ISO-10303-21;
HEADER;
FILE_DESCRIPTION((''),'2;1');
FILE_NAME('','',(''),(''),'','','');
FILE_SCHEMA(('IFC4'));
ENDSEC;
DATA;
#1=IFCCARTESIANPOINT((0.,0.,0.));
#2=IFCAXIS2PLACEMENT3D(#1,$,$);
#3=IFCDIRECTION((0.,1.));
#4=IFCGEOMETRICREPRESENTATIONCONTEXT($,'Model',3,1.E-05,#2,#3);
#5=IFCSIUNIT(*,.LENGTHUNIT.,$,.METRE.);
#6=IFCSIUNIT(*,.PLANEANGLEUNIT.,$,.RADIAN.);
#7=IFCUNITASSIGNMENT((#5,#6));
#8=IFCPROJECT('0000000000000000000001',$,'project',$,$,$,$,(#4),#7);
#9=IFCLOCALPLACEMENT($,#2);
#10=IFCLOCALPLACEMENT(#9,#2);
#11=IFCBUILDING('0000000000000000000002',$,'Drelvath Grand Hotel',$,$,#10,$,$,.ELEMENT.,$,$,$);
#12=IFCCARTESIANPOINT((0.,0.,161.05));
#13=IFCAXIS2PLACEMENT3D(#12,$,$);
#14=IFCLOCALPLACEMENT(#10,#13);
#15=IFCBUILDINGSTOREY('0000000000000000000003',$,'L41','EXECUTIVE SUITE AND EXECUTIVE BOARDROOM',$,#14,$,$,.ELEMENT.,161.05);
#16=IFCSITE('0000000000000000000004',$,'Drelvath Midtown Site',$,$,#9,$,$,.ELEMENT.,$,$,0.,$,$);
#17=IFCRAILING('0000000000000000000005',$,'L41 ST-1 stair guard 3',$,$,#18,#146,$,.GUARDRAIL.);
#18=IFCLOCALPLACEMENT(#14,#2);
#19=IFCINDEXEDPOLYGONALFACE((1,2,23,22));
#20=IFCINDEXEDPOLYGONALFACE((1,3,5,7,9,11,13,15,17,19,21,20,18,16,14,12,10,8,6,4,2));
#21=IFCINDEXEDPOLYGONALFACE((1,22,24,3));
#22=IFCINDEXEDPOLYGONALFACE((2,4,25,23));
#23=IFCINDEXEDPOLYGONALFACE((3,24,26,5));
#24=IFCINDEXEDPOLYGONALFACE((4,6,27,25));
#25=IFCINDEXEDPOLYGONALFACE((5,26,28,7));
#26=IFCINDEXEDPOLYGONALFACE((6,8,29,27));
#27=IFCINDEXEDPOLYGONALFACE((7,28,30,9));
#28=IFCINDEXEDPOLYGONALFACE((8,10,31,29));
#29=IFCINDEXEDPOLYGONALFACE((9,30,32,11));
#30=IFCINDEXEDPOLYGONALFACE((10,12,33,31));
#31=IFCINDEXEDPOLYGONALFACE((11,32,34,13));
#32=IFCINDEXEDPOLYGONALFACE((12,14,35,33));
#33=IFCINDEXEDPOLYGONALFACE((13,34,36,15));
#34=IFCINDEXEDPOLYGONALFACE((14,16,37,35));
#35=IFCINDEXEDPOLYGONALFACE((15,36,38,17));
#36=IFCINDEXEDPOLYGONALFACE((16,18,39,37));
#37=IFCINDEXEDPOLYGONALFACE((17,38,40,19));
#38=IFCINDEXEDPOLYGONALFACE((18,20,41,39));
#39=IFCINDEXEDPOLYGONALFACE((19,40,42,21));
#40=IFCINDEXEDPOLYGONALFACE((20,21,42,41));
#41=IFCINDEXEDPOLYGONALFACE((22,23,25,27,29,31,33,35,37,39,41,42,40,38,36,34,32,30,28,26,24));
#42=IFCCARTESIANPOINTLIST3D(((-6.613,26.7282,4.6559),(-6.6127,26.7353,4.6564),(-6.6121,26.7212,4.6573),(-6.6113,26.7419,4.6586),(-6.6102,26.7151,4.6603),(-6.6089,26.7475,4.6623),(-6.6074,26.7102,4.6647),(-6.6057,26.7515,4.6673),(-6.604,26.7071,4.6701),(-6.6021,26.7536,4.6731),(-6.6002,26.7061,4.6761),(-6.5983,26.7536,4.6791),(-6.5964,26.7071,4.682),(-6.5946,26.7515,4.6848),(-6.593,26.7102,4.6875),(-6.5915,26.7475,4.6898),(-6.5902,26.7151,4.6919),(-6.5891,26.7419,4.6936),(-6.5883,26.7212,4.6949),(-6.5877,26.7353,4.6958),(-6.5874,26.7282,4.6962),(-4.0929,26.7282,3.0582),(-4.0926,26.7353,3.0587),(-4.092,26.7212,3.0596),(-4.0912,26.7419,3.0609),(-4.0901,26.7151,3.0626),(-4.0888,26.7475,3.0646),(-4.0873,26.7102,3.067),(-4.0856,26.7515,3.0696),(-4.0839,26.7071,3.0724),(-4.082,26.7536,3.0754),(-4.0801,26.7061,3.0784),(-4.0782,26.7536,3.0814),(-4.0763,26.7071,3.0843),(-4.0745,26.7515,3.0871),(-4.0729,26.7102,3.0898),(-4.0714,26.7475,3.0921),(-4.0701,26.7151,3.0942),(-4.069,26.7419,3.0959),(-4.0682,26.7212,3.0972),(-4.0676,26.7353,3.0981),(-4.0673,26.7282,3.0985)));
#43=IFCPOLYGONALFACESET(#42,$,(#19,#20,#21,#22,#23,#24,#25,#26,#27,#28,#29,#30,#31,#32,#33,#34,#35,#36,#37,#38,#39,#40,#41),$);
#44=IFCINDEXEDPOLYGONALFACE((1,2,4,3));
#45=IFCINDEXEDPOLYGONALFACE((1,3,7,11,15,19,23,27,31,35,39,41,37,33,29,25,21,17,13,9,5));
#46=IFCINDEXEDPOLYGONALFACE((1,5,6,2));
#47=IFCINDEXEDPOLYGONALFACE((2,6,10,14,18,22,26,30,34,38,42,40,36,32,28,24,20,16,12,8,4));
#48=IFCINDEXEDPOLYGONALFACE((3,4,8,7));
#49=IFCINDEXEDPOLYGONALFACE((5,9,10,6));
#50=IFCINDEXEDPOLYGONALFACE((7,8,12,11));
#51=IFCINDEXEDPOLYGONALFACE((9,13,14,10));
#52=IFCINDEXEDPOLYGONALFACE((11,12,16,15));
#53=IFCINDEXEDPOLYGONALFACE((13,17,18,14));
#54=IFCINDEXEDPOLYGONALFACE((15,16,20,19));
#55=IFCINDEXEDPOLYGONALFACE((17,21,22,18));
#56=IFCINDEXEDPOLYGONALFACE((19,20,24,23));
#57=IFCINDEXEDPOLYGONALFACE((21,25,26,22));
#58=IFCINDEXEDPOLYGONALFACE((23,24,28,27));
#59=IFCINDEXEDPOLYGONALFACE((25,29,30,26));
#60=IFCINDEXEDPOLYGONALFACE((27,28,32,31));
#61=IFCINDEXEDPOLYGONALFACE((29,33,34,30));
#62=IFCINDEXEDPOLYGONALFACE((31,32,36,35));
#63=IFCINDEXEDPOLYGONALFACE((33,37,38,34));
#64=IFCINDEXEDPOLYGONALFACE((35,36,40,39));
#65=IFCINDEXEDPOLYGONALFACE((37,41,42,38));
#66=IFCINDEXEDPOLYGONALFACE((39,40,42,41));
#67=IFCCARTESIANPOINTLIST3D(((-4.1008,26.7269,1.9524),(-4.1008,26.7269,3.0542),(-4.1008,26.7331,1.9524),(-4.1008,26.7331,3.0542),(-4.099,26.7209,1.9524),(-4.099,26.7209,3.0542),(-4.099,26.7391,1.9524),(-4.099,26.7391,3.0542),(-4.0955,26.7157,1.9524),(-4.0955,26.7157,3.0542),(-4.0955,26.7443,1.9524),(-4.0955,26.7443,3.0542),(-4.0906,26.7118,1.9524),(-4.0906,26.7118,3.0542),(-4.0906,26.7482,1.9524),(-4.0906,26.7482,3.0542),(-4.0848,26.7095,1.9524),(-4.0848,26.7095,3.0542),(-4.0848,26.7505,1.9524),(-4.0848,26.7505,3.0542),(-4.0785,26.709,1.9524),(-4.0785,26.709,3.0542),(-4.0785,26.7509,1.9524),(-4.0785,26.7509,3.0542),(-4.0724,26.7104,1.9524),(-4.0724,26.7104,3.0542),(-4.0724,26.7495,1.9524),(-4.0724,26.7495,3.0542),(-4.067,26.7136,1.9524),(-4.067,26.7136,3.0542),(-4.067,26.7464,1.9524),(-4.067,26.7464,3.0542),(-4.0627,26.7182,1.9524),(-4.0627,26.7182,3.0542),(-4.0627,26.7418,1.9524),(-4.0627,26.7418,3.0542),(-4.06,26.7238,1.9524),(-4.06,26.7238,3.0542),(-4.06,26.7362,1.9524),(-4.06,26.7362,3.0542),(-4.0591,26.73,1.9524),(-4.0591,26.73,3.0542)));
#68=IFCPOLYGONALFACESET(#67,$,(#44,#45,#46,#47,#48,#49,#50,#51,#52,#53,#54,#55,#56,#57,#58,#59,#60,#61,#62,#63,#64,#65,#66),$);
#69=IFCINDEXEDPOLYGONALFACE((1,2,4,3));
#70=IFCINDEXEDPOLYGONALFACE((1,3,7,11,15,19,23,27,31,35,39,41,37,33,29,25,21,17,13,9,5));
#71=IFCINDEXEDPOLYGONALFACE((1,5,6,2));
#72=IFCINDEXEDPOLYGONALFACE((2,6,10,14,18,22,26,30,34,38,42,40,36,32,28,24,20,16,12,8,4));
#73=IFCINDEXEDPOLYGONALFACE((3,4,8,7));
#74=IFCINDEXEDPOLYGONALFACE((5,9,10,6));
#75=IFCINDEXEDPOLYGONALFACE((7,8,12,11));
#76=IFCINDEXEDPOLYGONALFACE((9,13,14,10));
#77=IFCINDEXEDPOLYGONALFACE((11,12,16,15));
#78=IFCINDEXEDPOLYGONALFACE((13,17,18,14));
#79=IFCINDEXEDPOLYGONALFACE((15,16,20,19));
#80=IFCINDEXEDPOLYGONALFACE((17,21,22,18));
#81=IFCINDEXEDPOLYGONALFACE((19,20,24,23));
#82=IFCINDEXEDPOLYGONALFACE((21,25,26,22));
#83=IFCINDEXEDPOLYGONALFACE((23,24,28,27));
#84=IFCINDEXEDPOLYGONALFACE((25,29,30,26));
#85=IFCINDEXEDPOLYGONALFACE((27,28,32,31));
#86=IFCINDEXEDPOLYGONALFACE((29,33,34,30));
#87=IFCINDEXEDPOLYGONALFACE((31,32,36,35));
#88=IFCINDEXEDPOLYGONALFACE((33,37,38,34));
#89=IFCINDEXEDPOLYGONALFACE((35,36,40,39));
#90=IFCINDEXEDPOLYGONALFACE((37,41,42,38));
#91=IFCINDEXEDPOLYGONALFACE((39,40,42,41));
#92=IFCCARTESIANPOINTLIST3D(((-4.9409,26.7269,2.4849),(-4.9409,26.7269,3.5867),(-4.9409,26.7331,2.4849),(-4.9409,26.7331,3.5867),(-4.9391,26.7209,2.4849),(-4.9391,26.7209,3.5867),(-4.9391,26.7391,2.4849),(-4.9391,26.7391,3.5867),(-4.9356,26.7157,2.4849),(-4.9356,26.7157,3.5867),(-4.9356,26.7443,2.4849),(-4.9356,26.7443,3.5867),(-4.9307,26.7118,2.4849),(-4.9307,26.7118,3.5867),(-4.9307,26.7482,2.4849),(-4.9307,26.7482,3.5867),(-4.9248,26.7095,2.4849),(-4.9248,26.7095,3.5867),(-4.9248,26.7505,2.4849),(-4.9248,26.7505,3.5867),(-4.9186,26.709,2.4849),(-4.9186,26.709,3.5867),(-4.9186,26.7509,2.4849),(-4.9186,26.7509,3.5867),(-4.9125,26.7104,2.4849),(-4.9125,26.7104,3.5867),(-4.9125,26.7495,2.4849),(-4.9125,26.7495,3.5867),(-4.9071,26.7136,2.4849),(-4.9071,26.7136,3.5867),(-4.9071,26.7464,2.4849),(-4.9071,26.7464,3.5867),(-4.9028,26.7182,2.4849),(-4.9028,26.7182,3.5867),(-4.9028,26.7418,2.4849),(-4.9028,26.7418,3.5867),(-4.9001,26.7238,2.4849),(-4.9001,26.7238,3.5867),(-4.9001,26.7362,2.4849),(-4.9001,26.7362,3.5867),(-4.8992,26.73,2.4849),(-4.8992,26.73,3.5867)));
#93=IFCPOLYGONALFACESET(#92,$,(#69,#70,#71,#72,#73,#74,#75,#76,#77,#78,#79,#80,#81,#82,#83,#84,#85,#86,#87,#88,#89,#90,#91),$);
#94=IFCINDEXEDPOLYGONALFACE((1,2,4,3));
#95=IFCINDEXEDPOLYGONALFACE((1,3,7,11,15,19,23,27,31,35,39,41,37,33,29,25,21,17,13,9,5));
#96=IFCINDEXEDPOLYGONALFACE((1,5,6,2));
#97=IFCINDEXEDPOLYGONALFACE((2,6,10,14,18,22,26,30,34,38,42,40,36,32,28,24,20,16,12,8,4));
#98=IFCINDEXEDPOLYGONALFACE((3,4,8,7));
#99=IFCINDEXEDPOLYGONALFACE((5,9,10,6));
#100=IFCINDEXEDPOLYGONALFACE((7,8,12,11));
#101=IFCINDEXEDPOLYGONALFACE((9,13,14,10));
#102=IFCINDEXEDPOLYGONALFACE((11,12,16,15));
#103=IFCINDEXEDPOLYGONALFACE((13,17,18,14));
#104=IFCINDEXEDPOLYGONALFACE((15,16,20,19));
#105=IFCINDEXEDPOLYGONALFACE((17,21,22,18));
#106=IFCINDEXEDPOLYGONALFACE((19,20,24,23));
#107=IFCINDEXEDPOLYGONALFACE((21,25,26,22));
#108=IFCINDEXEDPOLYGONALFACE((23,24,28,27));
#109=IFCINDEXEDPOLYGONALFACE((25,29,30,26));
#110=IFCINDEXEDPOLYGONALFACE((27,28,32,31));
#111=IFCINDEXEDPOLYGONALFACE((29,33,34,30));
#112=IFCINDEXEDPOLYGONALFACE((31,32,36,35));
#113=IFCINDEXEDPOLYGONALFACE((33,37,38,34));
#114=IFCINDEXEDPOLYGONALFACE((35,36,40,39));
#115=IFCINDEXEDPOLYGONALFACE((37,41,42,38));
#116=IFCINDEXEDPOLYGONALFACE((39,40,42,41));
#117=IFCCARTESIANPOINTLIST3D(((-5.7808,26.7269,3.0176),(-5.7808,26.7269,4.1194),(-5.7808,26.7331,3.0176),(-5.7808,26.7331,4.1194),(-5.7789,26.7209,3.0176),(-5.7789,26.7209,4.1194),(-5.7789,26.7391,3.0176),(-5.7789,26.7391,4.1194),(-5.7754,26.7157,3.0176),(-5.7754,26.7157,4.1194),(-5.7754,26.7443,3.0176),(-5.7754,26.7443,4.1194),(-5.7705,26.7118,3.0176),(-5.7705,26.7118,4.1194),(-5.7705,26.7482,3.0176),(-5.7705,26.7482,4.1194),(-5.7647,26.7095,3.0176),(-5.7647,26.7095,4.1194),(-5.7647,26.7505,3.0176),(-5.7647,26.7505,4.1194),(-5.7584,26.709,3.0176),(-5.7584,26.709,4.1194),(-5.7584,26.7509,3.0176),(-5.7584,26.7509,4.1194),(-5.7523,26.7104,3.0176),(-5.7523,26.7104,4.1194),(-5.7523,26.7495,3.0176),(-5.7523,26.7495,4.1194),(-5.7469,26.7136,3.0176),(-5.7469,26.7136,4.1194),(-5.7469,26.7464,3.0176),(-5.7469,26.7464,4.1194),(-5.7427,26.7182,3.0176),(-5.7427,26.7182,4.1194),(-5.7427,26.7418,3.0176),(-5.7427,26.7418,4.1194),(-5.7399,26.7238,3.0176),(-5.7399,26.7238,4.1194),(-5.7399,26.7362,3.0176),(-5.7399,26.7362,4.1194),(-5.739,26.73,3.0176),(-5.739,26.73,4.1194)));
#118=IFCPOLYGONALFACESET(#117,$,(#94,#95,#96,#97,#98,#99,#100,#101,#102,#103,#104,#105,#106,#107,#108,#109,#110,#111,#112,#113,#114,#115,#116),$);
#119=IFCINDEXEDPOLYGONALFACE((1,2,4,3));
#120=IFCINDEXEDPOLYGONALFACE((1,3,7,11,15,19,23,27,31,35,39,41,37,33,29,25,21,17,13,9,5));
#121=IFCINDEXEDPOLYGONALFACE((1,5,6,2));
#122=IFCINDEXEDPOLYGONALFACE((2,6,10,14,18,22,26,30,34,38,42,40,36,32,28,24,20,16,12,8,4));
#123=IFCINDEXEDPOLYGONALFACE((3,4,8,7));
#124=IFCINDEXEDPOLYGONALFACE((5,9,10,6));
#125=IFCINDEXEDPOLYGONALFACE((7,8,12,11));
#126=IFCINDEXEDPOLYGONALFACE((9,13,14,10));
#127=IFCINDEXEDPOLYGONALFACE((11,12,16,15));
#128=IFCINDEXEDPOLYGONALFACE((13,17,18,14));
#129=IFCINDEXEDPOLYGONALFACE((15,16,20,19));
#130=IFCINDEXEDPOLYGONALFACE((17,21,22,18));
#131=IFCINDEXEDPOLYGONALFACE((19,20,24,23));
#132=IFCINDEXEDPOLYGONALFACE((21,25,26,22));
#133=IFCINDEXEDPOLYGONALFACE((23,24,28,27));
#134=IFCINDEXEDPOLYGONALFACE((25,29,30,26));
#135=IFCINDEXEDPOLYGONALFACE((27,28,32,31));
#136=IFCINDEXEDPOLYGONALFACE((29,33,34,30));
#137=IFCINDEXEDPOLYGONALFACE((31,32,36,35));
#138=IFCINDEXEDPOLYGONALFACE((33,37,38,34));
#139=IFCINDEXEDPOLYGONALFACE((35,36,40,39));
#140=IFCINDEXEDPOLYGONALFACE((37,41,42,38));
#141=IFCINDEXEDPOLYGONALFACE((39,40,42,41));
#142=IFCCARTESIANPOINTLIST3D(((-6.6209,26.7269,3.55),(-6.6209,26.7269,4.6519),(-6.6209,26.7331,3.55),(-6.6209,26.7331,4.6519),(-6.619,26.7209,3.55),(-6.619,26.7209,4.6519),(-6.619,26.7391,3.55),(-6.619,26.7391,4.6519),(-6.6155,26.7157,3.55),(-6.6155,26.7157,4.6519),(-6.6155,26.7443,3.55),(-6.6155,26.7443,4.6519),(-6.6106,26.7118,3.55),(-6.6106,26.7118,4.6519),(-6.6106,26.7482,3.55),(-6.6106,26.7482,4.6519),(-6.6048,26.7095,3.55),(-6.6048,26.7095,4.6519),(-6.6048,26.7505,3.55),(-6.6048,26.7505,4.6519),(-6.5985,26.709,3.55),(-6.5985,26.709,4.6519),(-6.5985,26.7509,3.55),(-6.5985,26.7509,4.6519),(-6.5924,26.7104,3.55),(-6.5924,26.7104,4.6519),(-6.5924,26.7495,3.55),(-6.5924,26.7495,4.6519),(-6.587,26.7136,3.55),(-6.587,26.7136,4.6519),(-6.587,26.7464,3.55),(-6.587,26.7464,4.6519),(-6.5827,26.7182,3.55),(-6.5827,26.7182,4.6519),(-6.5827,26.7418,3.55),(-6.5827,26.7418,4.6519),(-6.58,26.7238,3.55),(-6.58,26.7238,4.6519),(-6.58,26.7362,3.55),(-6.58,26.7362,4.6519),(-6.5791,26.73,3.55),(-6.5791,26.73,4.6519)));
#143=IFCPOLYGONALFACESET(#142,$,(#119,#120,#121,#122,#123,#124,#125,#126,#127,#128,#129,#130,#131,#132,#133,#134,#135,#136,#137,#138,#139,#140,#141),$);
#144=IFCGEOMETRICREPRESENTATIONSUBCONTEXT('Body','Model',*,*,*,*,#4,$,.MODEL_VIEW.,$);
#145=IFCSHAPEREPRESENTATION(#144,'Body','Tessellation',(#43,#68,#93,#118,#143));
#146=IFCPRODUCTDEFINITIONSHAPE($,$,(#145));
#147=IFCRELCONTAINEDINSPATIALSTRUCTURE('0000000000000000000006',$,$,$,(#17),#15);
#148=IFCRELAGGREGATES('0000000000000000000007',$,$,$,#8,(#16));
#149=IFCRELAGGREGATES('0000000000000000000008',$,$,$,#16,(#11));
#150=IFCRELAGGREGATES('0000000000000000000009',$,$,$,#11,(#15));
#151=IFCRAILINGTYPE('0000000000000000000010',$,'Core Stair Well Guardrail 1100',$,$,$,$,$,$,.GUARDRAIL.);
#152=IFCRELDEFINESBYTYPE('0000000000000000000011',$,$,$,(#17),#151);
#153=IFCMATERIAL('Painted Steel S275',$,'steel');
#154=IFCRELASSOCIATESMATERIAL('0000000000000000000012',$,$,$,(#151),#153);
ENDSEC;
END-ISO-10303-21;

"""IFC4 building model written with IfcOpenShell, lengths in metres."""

from ifc_helpers import new_model, si_unit, direction, frame, origin, origin_2d, place, context, subcontext, project, spatial, circle, extrude, material, type_object, element, save


model = new_model("IFC4")

# Units and contexts
model_context = context("Model", 3, precision=1e-05, world=origin(), true_north=direction((0.0, 1.0)))
body_context = subcontext(model_context, "Body", "Model", "MODEL_VIEW")
ifc_project = project(units=[si_unit("LENGTHUNIT", "METRE"), si_unit("PLANEANGLEUNIT", "RADIAN")], contexts=[model_context])

# Site, building, storey
site_placement = place(None, origin())
site = spatial("IfcSite", under=ifc_project, at=site_placement, Name="Drelvath Midtown Site", CompositionType="ELEMENT", RefElevation=0.0)
building_placement = place(site_placement, origin())
building = spatial("IfcBuilding", under=site, at=building_placement, Name="Drelvath Grand Hotel", CompositionType="ELEMENT")
storey_placement = place(building_placement, frame((0.0, 0.0, 161.05)))
storey = spatial("IfcBuildingStorey", under=building, at=storey_placement, Name="L41", Description="EXECUTIVE SUITE AND EXECUTIVE BOARDROOM", CompositionType="ELEMENT", Elevation=161.05)

# Shared definitions
ifc_material_1 = material(Name="Painted Steel S275", Category="steel")

# Railing
railing_type_1 = type_object("IfcRailingType", Name="Core Stair Well Guardrail 1100", PredefinedType="GUARDRAIL", material=ifc_material_1)
railing_1_placement = place(storey_placement, frame((-4.0801, 26.73, 1.9524)))
element("IfcRailing", 1, at=railing_1_placement, inside=storey, type_object=railing_type_1, Name="L41 ST-1 stair guard 3", PredefinedType="GUARDRAIL", context=body_context, shape_type="SweptSolid", body=[
    extrude(circle(Radius=0.0239, at=origin_2d()), frame((0.0, 0.0, 1.126), z_axis=(-0.84457, 0.0, 0.535445), x_axis=(0.0, -1.0, 0.0)), (0.0, 0.0, 1.0), 2.9839),
    extrude(circle(Radius=0.021, at=origin_2d()), origin(), (0.0, 0.0, 1.0), 1.1018),
    extrude(circle(Radius=0.021, at=origin_2d()), frame((-0.8401, 0.0, 0.5325)), (0.0, 0.0, 1.0), 1.1018),
    extrude(circle(Radius=0.021, at=origin_2d()), frame((-1.6799, 0.0, 1.0652)), (0.0, 0.0, 1.0), 1.1018),
    extrude(circle(Radius=0.021, at=origin_2d()), frame((-2.52, 0.0, 1.5977)), (0.0, 0.0, 1.0), 1.1018),
])

save(model, "model.ifc")
